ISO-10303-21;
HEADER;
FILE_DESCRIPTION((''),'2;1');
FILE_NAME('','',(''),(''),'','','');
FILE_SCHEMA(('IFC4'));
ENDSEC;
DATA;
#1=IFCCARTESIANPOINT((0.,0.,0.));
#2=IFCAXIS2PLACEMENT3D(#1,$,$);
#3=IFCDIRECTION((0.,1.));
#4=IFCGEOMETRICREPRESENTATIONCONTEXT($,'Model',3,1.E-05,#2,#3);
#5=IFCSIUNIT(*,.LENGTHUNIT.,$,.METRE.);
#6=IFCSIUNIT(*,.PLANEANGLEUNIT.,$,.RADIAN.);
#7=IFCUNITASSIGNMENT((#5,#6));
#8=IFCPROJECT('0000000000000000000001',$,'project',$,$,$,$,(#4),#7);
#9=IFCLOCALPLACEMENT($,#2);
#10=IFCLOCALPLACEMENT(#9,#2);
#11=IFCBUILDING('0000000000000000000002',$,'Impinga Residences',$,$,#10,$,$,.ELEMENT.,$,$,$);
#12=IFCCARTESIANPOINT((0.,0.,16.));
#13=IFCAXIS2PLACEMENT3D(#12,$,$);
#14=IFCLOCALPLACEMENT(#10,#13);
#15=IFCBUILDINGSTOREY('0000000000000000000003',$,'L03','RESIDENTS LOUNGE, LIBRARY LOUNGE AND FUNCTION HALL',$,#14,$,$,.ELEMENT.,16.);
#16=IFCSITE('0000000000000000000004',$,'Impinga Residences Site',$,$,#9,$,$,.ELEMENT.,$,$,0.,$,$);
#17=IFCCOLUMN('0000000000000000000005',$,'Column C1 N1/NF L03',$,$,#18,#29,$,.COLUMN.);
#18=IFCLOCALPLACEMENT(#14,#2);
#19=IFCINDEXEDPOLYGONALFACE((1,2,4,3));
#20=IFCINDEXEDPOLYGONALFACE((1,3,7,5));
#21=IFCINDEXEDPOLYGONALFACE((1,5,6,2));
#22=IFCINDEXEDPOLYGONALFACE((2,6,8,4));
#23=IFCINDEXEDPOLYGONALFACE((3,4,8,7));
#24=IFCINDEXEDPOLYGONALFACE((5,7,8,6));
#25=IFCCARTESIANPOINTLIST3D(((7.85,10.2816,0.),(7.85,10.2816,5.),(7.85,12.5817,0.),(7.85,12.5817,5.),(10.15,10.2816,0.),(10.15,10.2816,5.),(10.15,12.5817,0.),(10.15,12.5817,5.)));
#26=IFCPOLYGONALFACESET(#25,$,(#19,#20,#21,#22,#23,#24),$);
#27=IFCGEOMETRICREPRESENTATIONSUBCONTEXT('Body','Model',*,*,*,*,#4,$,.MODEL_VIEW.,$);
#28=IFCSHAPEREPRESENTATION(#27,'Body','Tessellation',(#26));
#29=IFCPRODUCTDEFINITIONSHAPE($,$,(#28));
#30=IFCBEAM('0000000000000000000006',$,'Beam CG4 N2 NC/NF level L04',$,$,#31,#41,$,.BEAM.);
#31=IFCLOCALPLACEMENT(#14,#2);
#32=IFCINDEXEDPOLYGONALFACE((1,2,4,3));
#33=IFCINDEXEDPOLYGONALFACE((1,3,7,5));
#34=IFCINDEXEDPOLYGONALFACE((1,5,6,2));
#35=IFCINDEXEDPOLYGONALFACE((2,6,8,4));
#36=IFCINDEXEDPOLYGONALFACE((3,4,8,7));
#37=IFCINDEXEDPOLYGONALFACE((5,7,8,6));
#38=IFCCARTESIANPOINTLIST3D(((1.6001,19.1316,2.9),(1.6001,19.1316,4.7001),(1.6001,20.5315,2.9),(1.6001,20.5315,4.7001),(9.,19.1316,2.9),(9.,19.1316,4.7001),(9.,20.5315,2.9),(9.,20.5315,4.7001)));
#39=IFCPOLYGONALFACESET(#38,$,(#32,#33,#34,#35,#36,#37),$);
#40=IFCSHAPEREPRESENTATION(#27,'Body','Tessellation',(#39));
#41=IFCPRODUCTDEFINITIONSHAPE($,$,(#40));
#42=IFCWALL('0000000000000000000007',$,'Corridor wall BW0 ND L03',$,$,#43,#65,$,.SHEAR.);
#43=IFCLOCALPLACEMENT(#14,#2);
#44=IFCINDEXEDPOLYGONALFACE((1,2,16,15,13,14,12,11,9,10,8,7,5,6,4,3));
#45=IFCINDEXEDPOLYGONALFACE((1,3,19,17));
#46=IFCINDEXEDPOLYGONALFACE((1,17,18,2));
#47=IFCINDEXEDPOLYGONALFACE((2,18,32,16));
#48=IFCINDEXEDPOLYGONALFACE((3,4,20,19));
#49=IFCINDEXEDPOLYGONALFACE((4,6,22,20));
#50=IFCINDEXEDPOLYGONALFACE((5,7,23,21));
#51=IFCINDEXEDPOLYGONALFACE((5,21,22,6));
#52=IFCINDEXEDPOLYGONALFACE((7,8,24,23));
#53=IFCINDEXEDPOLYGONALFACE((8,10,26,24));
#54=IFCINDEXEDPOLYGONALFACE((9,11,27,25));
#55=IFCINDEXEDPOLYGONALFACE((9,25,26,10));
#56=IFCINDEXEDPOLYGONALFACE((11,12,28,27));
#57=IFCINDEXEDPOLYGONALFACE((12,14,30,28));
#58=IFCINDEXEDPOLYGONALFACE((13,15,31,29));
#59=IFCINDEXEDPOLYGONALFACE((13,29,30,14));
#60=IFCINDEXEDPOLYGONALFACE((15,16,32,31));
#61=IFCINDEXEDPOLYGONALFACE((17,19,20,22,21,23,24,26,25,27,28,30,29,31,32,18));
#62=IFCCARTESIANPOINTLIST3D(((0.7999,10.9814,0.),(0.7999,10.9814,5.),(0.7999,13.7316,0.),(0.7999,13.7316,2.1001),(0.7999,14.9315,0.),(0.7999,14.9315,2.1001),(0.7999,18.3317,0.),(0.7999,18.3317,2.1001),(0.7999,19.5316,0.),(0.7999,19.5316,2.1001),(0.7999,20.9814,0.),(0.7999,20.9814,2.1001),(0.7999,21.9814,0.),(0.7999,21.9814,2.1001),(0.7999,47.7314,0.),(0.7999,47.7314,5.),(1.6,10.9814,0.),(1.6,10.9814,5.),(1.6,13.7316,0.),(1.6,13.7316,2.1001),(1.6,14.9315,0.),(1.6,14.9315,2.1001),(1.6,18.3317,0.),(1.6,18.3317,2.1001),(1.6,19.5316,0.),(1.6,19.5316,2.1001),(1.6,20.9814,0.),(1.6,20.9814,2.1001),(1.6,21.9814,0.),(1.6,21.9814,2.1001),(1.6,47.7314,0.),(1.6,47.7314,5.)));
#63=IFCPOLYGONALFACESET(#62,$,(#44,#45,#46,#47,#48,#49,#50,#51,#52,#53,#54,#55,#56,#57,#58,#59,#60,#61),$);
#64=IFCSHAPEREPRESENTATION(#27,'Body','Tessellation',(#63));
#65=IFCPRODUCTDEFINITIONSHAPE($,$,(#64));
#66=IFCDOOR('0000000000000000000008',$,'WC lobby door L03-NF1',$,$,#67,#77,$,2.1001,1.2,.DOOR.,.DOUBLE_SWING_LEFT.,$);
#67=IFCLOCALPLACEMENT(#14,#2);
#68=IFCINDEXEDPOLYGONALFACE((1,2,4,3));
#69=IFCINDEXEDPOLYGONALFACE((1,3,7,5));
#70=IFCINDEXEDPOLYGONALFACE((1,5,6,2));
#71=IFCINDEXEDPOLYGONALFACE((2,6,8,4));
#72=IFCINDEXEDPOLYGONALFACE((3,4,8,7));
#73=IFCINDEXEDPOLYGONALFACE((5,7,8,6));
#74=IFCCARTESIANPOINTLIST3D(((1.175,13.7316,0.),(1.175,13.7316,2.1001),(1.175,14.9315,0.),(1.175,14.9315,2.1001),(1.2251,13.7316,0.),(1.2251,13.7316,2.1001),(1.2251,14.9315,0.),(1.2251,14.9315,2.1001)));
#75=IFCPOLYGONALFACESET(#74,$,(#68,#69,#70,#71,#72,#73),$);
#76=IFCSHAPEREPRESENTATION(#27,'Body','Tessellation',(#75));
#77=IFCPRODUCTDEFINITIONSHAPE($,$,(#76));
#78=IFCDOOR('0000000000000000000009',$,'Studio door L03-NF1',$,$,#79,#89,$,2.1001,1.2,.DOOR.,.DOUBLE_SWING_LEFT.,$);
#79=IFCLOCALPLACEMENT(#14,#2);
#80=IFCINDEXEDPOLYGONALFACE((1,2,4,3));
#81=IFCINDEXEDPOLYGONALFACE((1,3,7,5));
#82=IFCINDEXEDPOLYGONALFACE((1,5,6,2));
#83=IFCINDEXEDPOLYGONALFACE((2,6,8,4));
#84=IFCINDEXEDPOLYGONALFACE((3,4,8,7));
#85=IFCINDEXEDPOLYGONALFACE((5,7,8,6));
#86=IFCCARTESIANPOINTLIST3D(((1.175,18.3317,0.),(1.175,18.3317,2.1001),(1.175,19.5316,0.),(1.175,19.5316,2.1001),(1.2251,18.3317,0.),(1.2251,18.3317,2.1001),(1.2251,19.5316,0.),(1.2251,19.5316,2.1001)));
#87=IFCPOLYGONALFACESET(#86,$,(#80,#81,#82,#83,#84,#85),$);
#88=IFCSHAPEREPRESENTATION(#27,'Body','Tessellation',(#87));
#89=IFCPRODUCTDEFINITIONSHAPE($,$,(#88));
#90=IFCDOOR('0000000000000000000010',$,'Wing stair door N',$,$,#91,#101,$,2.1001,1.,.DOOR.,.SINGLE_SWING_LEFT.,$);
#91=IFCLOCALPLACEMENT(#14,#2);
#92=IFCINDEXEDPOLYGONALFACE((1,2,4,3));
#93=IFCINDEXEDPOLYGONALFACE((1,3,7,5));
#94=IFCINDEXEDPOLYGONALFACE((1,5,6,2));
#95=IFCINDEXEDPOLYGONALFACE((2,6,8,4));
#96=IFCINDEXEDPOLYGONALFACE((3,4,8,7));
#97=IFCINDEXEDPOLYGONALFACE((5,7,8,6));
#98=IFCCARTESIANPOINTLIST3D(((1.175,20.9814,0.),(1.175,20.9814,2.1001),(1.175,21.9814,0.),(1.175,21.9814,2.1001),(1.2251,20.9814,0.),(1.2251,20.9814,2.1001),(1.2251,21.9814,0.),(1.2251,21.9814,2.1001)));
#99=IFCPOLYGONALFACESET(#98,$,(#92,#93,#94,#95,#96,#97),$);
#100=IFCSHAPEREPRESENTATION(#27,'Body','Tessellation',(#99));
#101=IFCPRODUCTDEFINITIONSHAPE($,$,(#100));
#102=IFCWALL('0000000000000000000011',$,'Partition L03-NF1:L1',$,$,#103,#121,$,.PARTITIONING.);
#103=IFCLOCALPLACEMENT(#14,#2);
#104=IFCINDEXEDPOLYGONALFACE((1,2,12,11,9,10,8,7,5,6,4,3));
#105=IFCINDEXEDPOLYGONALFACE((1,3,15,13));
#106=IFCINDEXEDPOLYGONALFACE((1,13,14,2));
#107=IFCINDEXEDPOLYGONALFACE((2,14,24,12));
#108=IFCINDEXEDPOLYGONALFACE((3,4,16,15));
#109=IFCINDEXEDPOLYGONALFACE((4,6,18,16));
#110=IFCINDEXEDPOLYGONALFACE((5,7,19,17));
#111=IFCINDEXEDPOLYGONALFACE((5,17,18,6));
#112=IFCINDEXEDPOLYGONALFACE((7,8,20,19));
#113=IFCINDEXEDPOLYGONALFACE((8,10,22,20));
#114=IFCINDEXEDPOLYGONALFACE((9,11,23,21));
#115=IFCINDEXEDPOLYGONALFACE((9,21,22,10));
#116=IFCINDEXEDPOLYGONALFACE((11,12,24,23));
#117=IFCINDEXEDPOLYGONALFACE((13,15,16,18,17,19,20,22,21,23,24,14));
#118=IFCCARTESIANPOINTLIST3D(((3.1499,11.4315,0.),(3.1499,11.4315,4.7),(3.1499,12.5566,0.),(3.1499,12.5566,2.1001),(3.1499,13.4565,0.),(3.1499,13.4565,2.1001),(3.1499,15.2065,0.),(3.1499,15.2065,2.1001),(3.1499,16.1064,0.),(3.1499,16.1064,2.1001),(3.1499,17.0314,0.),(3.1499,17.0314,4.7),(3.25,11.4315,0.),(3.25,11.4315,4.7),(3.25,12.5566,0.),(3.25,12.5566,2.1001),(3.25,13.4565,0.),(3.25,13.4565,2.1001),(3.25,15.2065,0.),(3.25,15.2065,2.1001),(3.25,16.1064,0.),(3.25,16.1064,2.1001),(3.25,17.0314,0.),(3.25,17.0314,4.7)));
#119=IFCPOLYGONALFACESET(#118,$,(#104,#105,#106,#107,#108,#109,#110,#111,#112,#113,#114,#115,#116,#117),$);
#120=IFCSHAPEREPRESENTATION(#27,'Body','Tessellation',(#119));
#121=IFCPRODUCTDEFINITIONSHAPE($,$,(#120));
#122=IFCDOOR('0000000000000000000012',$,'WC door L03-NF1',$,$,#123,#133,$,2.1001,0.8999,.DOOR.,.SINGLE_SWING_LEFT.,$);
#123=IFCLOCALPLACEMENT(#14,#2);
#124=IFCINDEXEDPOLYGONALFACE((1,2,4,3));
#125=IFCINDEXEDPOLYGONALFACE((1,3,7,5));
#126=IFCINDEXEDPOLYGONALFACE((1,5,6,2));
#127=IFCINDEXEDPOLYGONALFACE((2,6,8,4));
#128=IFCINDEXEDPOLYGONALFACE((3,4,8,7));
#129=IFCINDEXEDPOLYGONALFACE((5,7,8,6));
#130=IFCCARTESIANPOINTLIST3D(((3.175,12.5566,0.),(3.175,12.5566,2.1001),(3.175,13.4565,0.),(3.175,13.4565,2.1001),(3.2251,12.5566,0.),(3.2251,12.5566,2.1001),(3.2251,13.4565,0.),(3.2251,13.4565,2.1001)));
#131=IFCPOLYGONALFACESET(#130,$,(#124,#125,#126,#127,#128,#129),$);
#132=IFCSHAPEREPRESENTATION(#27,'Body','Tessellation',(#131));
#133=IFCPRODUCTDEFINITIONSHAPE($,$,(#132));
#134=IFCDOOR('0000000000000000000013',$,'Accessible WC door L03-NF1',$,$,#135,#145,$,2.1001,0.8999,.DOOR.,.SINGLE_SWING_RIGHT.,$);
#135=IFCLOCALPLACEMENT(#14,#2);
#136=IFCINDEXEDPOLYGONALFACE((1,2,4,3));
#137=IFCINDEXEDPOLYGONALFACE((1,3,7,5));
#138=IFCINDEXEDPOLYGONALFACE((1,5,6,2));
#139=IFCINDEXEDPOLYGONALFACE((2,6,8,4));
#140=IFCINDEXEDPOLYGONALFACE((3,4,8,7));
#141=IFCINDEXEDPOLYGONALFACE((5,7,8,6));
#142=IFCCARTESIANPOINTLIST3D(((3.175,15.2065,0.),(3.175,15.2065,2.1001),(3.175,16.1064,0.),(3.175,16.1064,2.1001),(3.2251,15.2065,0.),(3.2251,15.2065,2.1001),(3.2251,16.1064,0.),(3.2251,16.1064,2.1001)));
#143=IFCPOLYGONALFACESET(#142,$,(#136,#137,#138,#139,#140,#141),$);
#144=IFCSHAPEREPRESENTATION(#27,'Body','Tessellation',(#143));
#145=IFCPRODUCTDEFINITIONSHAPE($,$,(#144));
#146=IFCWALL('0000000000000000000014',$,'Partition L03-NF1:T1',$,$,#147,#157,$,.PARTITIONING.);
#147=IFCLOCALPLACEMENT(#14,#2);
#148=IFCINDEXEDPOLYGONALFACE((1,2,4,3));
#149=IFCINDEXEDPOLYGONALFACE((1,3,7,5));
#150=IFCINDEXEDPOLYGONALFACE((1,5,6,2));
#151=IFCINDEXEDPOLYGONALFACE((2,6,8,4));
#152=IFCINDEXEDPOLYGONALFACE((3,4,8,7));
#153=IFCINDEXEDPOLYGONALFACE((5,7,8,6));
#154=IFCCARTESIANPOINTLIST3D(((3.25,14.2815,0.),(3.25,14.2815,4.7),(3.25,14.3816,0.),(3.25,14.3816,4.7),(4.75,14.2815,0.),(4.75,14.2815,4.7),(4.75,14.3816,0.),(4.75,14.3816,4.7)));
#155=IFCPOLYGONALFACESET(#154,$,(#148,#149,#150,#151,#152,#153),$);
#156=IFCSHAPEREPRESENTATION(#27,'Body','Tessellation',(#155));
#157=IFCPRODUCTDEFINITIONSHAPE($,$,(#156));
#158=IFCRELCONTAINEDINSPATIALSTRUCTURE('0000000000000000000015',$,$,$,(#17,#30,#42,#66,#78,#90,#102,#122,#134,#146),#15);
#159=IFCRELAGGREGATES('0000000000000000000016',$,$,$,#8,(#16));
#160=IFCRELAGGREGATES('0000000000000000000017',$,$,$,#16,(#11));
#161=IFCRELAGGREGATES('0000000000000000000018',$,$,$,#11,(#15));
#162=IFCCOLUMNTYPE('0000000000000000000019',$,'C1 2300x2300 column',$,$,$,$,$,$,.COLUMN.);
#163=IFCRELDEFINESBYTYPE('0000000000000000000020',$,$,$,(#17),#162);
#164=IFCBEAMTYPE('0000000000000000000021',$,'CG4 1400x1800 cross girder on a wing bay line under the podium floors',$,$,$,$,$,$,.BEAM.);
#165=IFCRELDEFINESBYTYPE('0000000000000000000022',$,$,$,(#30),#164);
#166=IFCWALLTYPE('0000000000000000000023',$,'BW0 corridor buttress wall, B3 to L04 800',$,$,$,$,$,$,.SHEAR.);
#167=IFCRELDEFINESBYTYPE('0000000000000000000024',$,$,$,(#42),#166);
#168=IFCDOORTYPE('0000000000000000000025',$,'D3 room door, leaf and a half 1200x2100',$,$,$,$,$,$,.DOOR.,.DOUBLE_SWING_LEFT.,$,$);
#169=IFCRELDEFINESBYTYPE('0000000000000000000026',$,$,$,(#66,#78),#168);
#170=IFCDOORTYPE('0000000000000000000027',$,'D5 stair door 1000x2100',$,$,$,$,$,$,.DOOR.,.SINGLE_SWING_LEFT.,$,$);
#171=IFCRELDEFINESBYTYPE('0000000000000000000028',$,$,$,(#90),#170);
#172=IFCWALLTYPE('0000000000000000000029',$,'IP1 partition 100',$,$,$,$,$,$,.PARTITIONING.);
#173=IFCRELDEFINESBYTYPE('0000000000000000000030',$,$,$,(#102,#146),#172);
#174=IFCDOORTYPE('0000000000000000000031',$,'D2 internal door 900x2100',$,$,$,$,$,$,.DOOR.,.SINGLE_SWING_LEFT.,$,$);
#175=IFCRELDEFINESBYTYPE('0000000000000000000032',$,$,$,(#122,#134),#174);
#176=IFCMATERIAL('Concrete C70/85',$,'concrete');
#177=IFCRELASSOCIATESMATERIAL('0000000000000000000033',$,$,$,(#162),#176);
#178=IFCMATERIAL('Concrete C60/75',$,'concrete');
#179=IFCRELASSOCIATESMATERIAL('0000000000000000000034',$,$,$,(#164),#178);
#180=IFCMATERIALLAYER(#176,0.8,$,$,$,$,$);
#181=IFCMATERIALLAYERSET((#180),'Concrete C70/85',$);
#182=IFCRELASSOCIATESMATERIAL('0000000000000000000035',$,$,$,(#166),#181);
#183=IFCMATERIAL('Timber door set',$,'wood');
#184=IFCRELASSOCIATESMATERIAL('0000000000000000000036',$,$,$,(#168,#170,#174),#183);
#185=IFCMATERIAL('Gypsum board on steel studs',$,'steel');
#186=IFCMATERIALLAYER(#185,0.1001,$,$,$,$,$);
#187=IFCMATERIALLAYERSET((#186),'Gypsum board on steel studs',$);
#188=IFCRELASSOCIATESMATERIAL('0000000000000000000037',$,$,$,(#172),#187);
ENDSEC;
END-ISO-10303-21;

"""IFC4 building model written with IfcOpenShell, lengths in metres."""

from ifc_helpers import new_model, si_unit, direction, frame, frame_2d, origin, origin_2d, place, context, subcontext, project, spatial, rectangle, extrude, material, layer, layer_set, material_profile, profile_set, type_object, element, fill, save


model = new_model("IFC4")

# Units and contexts
model_context = context("Model", 3, precision=1e-05, world=origin(), true_north=direction((0.0, 1.0)))
body_context = subcontext(model_context, "Body", "Model", "MODEL_VIEW")
ifc_project = project(units=[si_unit("LENGTHUNIT", "METRE"), si_unit("PLANEANGLEUNIT", "RADIAN")], contexts=[model_context])

# Site, building, storey
site_placement = place(None, origin())
site = spatial("IfcSite", under=ifc_project, at=site_placement, Name="Impinga Residences Site", CompositionType="ELEMENT", RefElevation=0.0)
building_placement = place(site_placement, origin())
building = spatial("IfcBuilding", under=site, at=building_placement, Name="Impinga Residences", CompositionType="ELEMENT")
storey_placement = place(building_placement, frame((0.0, 0.0, 16.0)))
storey = spatial("IfcBuildingStorey", under=building, at=storey_placement, Name="L03", Description="RESIDENTS LOUNGE, LIBRARY LOUNGE AND FUNCTION HALL", CompositionType="ELEMENT", Elevation=16.0)

# Column
ifc_material_1 = material(Name="Concrete C70/85", Category="concrete")
ifc_material_profile_1 = material_profile(ifc_material_1, rectangle(XDim=2.3, YDim=2.3, at=origin_2d()), Name="RC 2300x2300")
ifc_profile_set_1 = profile_set([ifc_material_profile_1], Name="Concrete C70/85")
column_type = type_object("IfcColumnType", Name="C1 2300x2300 column", PredefinedType="COLUMN", material=ifc_profile_set_1)
column_placement = place(storey_placement, frame((9.0, 11.4316, 0.0), z_axis=(0.0, 0.0, 1.0), x_axis=(1.0, 0.0, 0.0)))
element("IfcColumn", 1, at=column_placement, inside=storey, type_object=column_type, Name="Column C1 N1/NF L03", PredefinedType="COLUMN", context=body_context, shape_type="SweptSolid", body=[
    extrude(rectangle(XDim=2.3, YDim=2.3, at=origin_2d()), origin(), (0.0, 0.0, 1.0), 5.0),
])

# Beam
ifc_material_2 = material(Name="Concrete C60/75", Category="concrete")
ifc_material_profile_2 = material_profile(ifc_material_2, rectangle(XDim=1.3999, YDim=1.8, at=origin_2d()), Name="RC 1400x1800")
ifc_profile_set_2 = profile_set([ifc_material_profile_2], Name="Concrete C60/75")
beam_type = type_object("IfcBeamType", Name="CG4 1400x1800 cross girder on a wing bay line under the podium floors", PredefinedType="BEAM", material=ifc_profile_set_2)
beam_placement = place(storey_placement, frame((1.6001, 19.8315, 3.8), z_axis=(1.0, 0.0, 0.0), x_axis=(0.0, 1.0, 0.0)))
element("IfcBeam", 2, at=beam_placement, inside=storey, type_object=beam_type, Name="Beam CG4 N2 NC/NF level L04", PredefinedType="BEAM", context=body_context, shape_type="SweptSolid", body=[
    extrude(rectangle(XDim=1.3999, YDim=1.8, at=origin_2d()), origin(), (0.0, 0.0, 1.0), 7.3999),
])

# Walls, openings, doors
ifc_layer_1 = layer(ifc_material_1, 0.8)
ifc_layer_set_1 = layer_set([ifc_layer_1], Name="Concrete C70/85")
wall_type_1 = type_object("IfcWallType", Name="BW0 corridor buttress wall, B3 to L04 800", PredefinedType="SHEAR", material=ifc_layer_set_1)
wall_1_placement = place(storey_placement, frame((1.2, 10.9814, 0.0), z_axis=(0.0, 0.0, 1.0), x_axis=(0.0, 1.0, 0.0)))
wall_1 = element("IfcWall", 3, at=wall_1_placement, inside=storey, type_object=wall_type_1, Name="Corridor wall BW0 ND L03", PredefinedType="SHEAR", context=body_context, shape_type="SweptSolid", body=[
    extrude(rectangle(XDim=36.75, YDim=0.8, at=frame_2d((18.375, 0.0))), origin(), (0.0, 0.0, 1.0), 5.0),
])
opening_1_placement = place(wall_1_placement, frame((10.0, 0.0, 0.0)))
opening_1 = element("IfcOpeningElement", 4, at=opening_1_placement, cuts=wall_1, PredefinedType="OPENING", context=body_context, shape_type="SweptSolid", body=[
    extrude(rectangle(XDim=1.0, YDim=2.1001, at=frame_2d((0.5, 1.05))), frame((0.0, 0.4099, 0.0), z_axis=(0.0, -1.0, 0.0), x_axis=(1.0, 0.0, 0.0)), (0.0, 0.0, 1.0), 0.8201),
])
opening_2_placement = place(wall_1_placement, frame((2.75, 0.0, 0.0)))
opening_2 = element("IfcOpeningElement", 5, at=opening_2_placement, cuts=wall_1, PredefinedType="OPENING", context=body_context, shape_type="SweptSolid", body=[
    extrude(rectangle(XDim=1.2, YDim=2.1001, at=frame_2d((0.6001, 1.05))), frame((0.0, 0.4099, 0.0), z_axis=(0.0, -1.0, 0.0), x_axis=(1.0, 0.0, 0.0)), (0.0, 0.0, 1.0), 0.8201),
])
opening_3_placement = place(wall_1_placement, frame((7.3501, 0.0, 0.0)))
opening_3 = element("IfcOpeningElement", 6, at=opening_3_placement, cuts=wall_1, PredefinedType="OPENING", context=body_context, shape_type="SweptSolid", body=[
    extrude(rectangle(XDim=1.2, YDim=2.1001, at=frame_2d((0.6001, 1.05))), frame((0.0, 0.4099, 0.0), z_axis=(0.0, -1.0, 0.0), x_axis=(1.0, 0.0, 0.0)), (0.0, 0.0, 1.0), 0.8201),
])
ifc_material_3 = material(Name="Timber door set", Category="wood")
door_type_1 = type_object("IfcDoorType", Name="D3 room door, leaf and a half 1200x2100", OperationType="DOUBLE_SWING_LEFT", PredefinedType="DOOR", material=ifc_material_3)
door_1_placement = place(opening_2_placement, origin())
door_1 = element("IfcDoor", 7, at=door_1_placement, inside=storey, type_object=door_type_1, Name="WC lobby door L03-NF1", OperationType="DOUBLE_SWING_LEFT", OverallHeight=2.1001, OverallWidth=1.2, PredefinedType="DOOR", context=body_context, shape_type="SweptSolid", body=[
    extrude(rectangle(XDim=1.2, YDim=2.1001, at=frame_2d((0.6001, 1.05))), frame((0.0, 0.0249, 0.0), z_axis=(0.0, -1.0, 0.0), x_axis=(1.0, 0.0, 0.0)), (0.0, 0.0, 1.0), 0.05),
])
fill(opening_2, door_1)
door_2_placement = place(opening_3_placement, origin())
door_2 = element("IfcDoor", 8, at=door_2_placement, inside=storey, type_object=door_type_1, Name="Studio door L03-NF1", OperationType="DOUBLE_SWING_LEFT", OverallHeight=2.1001, OverallWidth=1.2, PredefinedType="DOOR", context=body_context, shape_type="SweptSolid", body=[
    extrude(rectangle(XDim=1.2, YDim=2.1001, at=frame_2d((0.6001, 1.05))), frame((0.0, 0.0249, 0.0), z_axis=(0.0, -1.0, 0.0), x_axis=(1.0, 0.0, 0.0)), (0.0, 0.0, 1.0), 0.05),
])
fill(opening_3, door_2)
door_type_2 = type_object("IfcDoorType", Name="D5 stair door 1000x2100", OperationType="SINGLE_SWING_LEFT", PredefinedType="DOOR", material=ifc_material_3)
door_3_placement = place(opening_1_placement, origin())
door_3 = element("IfcDoor", 9, at=door_3_placement, inside=storey, type_object=door_type_2, Name="Wing stair door N", OperationType="SINGLE_SWING_LEFT", OverallHeight=2.1001, OverallWidth=1.0, PredefinedType="DOOR", context=body_context, shape_type="SweptSolid", body=[
    extrude(rectangle(XDim=1.0, YDim=2.1001, at=frame_2d((0.5, 1.05))), frame((0.0, 0.0249, 0.0), z_axis=(0.0, -1.0, 0.0), x_axis=(1.0, 0.0, 0.0)), (0.0, 0.0, 1.0), 0.05),
])
fill(opening_1, door_3)
ifc_material_4 = material(Name="Gypsum board on steel studs", Category="steel")
ifc_layer_2 = layer(ifc_material_4, 0.1001)
ifc_layer_set_2 = layer_set([ifc_layer_2], Name="Gypsum board on steel studs")
wall_type_2 = type_object("IfcWallType", Name="IP1 partition 100", PredefinedType="PARTITIONING", material=ifc_layer_set_2)
wall_2_placement = place(storey_placement, frame((3.2, 11.4316, 0.0), z_axis=(0.0, 0.0, 1.0), x_axis=(0.0, 1.0, 0.0)))
wall_2 = element("IfcWall", 10, at=wall_2_placement, inside=storey, type_object=wall_type_2, Name="Partition L03-NF1:L1", PredefinedType="PARTITIONING", context=body_context, shape_type="SweptSolid", body=[
    extrude(rectangle(XDim=5.5999, YDim=0.1001, at=frame_2d((2.7998, 0.0))), origin(), (0.0, 0.0, 1.0), 4.7),
])
opening_4_placement = place(wall_2_placement, frame((1.125, 0.0, 0.0)))
opening_4 = element("IfcOpeningElement", 11, at=opening_4_placement, cuts=wall_2, PredefinedType="OPENING", context=body_context, shape_type="SweptSolid", body=[
    extrude(rectangle(XDim=0.8999, YDim=2.1001, at=frame_2d((0.45, 1.05))), frame((0.0, 0.0601, 0.0), z_axis=(0.0, -1.0, 0.0), x_axis=(1.0, 0.0, 0.0)), (0.0, 0.0, 1.0), 0.1201),
])
opening_5_placement = place(wall_2_placement, frame((3.7749, 0.0, 0.0)))
opening_5 = element("IfcOpeningElement", 12, at=opening_5_placement, cuts=wall_2, PredefinedType="OPENING", context=body_context, shape_type="SweptSolid", body=[
    extrude(rectangle(XDim=0.8999, YDim=2.1001, at=frame_2d((0.45, 1.05))), frame((0.0, 0.0601, 0.0), z_axis=(0.0, -1.0, 0.0), x_axis=(1.0, 0.0, 0.0)), (0.0, 0.0, 1.0), 0.1201),
])
door_type_3 = type_object("IfcDoorType", Name="D2 internal door 900x2100", OperationType="SINGLE_SWING_LEFT", PredefinedType="DOOR", material=ifc_material_3)
door_4_placement = place(opening_4_placement, origin())
door_4 = element("IfcDoor", 13, at=door_4_placement, inside=storey, type_object=door_type_3, Name="WC door L03-NF1", OperationType="SINGLE_SWING_LEFT", OverallHeight=2.1001, OverallWidth=0.8999, PredefinedType="DOOR", context=body_context, shape_type="SweptSolid", body=[
    extrude(rectangle(XDim=0.8999, YDim=2.1001, at=frame_2d((0.45, 1.05))), frame((0.0, 0.0249, 0.0), z_axis=(0.0, -1.0, 0.0), x_axis=(1.0, 0.0, 0.0)), (0.0, 0.0, 1.0), 0.05),
])
fill(opening_4, door_4)
door_5_placement = place(opening_5_placement, origin())
door_5 = element("IfcDoor", 14, at=door_5_placement, inside=storey, type_object=door_type_3, Name="Accessible WC door L03-NF1", OperationType="SINGLE_SWING_RIGHT", OverallHeight=2.1001, OverallWidth=0.8999, PredefinedType="DOOR", context=body_context, shape_type="SweptSolid", body=[
    extrude(rectangle(XDim=0.8999, YDim=2.1001, at=frame_2d((0.45, 1.05))), frame((0.0, 0.0249, 0.0), z_axis=(0.0, -1.0, 0.0), x_axis=(1.0, 0.0, 0.0)), (0.0, 0.0, 1.0), 0.05),
])
fill(opening_5, door_5)

# Wall
wall_3_placement = place(storey_placement, frame((3.25, 14.3315, 0.0), z_axis=(0.0, 0.0, 1.0), x_axis=(1.0, 0.0, 0.0)))
element("IfcWall", 15, at=wall_3_placement, inside=storey, type_object=wall_type_2, Name="Partition L03-NF1:T1", PredefinedType="PARTITIONING", context=body_context, shape_type="SweptSolid", body=[
    extrude(rectangle(XDim=1.5, YDim=0.1001, at=frame_2d((0.75, 0.0))), origin(), (0.0, 0.0, 1.0), 4.7),
])

save(model, "model.ifc")
